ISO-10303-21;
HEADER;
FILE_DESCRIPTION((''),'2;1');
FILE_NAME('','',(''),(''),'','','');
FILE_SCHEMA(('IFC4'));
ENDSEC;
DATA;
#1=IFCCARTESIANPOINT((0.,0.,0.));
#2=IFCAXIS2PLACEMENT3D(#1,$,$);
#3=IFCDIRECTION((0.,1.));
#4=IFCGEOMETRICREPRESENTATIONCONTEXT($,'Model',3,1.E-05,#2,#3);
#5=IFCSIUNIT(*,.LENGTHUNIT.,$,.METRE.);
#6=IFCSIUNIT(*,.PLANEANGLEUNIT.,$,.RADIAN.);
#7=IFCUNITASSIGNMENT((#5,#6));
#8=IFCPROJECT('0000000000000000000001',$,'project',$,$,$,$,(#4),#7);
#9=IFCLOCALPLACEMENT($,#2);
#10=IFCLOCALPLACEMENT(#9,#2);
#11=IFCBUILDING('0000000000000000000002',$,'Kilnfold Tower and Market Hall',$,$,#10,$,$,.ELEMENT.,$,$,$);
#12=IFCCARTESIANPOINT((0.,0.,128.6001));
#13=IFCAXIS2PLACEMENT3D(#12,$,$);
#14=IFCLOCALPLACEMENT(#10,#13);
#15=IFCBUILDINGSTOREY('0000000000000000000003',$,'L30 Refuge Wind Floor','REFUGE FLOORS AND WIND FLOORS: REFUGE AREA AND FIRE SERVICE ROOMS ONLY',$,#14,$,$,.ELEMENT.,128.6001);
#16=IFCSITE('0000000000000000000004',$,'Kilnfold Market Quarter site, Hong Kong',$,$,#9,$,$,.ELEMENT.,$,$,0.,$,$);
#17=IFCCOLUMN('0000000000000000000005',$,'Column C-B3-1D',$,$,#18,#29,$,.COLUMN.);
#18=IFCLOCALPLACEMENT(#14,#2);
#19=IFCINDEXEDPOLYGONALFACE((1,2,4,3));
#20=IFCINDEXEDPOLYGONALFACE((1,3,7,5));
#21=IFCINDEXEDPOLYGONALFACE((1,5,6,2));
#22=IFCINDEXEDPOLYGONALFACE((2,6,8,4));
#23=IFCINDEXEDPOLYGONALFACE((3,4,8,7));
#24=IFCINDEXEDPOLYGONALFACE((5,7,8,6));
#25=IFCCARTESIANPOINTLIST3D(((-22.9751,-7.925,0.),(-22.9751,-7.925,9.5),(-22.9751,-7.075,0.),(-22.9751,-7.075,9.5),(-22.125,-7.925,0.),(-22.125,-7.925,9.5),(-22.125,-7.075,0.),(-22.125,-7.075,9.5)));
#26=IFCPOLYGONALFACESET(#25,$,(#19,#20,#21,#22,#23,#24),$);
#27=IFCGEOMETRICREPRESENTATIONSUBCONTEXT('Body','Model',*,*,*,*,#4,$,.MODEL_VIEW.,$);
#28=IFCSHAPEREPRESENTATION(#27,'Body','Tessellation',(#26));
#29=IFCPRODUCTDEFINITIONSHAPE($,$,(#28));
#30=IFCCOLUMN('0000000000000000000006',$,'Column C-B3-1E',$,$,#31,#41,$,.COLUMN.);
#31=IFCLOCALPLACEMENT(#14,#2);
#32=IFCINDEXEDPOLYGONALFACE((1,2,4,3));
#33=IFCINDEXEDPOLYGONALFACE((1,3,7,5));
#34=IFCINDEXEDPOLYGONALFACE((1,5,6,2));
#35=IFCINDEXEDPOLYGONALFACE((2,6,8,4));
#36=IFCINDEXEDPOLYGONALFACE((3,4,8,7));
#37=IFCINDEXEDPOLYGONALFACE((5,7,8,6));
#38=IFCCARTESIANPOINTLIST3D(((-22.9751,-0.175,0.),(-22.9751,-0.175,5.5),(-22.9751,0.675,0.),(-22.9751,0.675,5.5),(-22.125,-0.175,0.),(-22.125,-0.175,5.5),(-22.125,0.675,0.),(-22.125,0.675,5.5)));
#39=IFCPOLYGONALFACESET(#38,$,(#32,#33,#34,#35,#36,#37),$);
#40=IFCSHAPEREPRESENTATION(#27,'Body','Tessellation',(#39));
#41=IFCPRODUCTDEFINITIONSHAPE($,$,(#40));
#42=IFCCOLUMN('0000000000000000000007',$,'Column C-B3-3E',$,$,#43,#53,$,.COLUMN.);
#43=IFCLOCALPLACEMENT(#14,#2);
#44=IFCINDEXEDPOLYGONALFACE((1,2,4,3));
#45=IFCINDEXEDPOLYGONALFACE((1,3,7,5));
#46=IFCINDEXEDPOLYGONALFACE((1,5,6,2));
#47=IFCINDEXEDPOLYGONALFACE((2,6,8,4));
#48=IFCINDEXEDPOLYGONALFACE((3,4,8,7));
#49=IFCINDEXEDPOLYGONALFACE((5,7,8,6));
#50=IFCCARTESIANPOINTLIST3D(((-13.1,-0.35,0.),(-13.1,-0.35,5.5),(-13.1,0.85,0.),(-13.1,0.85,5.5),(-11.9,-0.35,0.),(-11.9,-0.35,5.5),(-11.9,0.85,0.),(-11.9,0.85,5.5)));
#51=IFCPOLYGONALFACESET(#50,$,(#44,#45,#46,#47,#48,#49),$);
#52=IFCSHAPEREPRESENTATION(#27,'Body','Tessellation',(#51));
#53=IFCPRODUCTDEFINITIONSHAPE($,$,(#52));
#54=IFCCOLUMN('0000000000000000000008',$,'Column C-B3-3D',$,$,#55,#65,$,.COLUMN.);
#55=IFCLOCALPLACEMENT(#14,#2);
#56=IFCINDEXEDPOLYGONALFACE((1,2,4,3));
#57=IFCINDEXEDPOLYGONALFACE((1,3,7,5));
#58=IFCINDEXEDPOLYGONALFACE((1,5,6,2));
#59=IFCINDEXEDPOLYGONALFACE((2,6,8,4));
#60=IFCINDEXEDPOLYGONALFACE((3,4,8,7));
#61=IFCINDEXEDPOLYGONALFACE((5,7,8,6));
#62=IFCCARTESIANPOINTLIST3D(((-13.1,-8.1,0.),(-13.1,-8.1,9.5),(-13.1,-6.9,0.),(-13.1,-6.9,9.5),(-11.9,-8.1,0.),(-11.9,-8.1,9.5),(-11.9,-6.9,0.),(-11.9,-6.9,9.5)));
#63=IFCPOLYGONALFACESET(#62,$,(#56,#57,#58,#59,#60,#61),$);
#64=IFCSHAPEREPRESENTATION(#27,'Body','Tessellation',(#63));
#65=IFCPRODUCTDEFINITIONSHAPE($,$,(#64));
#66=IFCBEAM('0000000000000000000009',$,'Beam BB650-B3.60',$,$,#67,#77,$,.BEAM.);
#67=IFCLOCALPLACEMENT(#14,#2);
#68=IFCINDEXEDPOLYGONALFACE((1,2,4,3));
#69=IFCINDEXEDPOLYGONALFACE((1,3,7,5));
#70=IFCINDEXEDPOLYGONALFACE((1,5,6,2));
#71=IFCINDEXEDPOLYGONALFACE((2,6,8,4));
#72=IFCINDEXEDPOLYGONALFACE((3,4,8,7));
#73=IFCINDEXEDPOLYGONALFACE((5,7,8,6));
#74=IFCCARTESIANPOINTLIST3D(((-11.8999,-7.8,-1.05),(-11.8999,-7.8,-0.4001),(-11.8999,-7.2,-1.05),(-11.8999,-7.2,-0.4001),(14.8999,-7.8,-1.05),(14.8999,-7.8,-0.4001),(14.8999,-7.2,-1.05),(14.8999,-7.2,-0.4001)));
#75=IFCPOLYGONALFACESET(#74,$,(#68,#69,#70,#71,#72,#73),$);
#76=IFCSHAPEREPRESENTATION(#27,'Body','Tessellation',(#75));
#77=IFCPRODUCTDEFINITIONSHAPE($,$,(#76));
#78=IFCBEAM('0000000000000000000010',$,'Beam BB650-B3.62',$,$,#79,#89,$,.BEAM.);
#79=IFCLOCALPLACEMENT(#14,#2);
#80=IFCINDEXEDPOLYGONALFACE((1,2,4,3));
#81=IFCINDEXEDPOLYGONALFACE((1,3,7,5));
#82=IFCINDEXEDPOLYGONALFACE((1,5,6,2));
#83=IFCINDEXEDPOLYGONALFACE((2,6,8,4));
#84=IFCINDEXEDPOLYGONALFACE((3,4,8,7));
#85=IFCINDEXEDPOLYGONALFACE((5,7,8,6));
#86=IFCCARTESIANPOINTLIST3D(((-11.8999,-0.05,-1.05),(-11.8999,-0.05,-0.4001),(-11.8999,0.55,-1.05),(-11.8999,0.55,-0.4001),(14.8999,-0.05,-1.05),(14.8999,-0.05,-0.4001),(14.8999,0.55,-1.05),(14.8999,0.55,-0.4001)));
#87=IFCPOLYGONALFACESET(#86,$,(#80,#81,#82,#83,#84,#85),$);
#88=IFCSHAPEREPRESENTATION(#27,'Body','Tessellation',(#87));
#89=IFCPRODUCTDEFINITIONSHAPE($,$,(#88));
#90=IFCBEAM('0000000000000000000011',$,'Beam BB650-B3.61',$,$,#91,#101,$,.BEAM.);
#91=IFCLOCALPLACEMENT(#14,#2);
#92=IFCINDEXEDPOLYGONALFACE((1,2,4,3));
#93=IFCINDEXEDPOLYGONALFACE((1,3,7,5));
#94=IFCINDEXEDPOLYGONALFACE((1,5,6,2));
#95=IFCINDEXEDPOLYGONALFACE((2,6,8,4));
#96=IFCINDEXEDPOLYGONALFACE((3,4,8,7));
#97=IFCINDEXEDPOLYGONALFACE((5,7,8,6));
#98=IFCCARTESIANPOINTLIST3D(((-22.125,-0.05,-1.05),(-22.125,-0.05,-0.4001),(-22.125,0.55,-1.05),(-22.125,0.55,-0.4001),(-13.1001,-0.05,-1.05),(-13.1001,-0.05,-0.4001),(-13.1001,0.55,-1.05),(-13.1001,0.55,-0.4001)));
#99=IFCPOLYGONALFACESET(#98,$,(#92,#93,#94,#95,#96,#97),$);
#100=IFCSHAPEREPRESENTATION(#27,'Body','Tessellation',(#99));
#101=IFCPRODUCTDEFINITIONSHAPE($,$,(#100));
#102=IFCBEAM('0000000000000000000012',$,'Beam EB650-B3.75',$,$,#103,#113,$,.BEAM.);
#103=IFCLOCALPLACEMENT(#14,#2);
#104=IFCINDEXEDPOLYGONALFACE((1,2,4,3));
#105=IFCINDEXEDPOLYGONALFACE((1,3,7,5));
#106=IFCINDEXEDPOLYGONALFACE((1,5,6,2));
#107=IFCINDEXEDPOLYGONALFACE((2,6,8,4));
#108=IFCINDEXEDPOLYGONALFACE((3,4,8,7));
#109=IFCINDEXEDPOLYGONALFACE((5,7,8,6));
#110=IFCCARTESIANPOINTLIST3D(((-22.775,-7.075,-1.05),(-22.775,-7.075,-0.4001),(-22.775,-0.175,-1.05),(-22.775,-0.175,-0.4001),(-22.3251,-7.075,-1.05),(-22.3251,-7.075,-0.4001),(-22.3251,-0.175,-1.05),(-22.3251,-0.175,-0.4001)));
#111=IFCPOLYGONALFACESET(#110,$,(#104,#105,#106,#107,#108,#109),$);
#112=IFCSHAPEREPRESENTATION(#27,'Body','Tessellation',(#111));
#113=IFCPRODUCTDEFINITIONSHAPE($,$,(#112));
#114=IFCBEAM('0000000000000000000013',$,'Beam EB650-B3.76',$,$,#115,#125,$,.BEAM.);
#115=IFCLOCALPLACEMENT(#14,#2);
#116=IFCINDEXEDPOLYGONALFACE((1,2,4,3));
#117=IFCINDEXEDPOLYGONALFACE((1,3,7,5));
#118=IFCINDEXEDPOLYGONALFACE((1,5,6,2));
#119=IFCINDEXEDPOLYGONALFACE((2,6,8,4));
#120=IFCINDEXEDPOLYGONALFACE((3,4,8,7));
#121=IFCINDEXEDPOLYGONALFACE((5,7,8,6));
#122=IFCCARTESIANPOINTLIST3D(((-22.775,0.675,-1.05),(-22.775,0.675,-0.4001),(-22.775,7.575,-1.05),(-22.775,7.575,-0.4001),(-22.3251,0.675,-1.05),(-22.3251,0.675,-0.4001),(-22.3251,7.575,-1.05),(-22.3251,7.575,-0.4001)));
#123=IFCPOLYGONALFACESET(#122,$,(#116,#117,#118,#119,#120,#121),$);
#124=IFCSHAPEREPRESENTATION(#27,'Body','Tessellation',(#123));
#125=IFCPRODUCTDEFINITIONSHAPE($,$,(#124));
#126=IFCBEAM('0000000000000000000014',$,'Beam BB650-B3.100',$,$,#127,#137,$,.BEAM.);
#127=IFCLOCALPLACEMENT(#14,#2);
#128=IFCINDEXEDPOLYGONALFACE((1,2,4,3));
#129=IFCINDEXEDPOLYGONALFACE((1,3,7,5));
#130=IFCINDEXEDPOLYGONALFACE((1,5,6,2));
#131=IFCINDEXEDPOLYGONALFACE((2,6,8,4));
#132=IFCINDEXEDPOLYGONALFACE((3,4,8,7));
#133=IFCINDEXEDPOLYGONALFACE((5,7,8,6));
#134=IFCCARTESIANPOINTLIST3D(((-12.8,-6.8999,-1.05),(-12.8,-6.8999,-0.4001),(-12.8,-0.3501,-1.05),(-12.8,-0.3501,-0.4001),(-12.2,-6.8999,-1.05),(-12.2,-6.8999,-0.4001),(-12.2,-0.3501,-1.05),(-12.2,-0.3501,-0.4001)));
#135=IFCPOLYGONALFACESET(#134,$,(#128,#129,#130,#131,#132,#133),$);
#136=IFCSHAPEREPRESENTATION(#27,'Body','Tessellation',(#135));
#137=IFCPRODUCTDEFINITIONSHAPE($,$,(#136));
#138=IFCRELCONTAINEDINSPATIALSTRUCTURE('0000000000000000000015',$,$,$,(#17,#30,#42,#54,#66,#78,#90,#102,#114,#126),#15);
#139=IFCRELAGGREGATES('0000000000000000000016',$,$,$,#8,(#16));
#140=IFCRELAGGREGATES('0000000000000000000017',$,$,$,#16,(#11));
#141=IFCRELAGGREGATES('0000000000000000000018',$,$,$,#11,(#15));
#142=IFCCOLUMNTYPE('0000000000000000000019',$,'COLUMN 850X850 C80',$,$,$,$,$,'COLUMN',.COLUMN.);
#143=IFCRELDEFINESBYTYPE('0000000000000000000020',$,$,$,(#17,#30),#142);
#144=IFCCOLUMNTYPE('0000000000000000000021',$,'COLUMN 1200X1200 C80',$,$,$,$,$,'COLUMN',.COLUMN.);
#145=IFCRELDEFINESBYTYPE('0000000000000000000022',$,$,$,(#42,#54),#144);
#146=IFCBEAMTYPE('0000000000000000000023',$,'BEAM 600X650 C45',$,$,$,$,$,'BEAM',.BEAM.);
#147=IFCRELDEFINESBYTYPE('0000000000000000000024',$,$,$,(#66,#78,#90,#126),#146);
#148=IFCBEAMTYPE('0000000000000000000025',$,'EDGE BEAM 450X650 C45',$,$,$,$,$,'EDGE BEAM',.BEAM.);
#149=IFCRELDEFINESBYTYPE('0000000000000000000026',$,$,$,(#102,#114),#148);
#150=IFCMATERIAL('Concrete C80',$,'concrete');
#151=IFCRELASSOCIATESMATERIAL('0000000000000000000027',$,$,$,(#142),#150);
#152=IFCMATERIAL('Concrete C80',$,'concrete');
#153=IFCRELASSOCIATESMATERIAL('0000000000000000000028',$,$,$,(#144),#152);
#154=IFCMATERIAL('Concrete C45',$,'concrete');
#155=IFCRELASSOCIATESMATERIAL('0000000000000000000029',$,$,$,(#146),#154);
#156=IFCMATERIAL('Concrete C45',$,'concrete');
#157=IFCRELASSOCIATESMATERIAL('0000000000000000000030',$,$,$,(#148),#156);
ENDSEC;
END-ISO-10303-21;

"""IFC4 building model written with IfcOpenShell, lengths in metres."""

from ifc_helpers import new_model, si_unit, direction, frame, origin, origin_2d, place, context, subcontext, project, spatial, rectangle, extrude, source, transform, mapped, material, material_profile, profile_set, type_object, element, save


model = new_model("IFC4")

# Units and contexts
model_context = context("Model", 3, precision=1e-05, world=origin(), true_north=direction((0.0, 1.0)))
body_context = subcontext(model_context, "Body", "Model", "MODEL_VIEW")
ifc_project = project(units=[si_unit("LENGTHUNIT", "METRE"), si_unit("PLANEANGLEUNIT", "RADIAN")], contexts=[model_context])

# Site, building, storey
site_placement = place(None, origin())
site = spatial("IfcSite", under=ifc_project, at=site_placement, Name="Kilnfold Market Quarter site, Hong Kong", CompositionType="ELEMENT", RefElevation=0.0)
building_placement = place(site_placement, origin())
building = spatial("IfcBuilding", under=site, at=building_placement, Name="Kilnfold Tower and Market Hall", CompositionType="ELEMENT")
storey_placement = place(building_placement, frame((0.0, 0.0, 128.6001)))
storey = spatial("IfcBuildingStorey", under=building, at=storey_placement, Name="L30 Refuge Wind Floor", Description="REFUGE FLOORS AND WIND FLOORS: REFUGE AREA AND FIRE SERVICE ROOMS ONLY", CompositionType="ELEMENT", Elevation=128.6001)

# Columns
ifc_material_1 = material(Name="Concrete C80", Category="concrete")
ifc_material_profile_1 = material_profile(ifc_material_1, rectangle(XDim=0.8501, YDim=0.8501, at=origin_2d()), Name="RC 850x850")
ifc_profile_set_1 = profile_set([ifc_material_profile_1], Name="Concrete C80")
column_type_1 = type_object("IfcColumnType", Name="COLUMN 850X850 C80", ElementType="COLUMN", PredefinedType="COLUMN", material=ifc_profile_set_1)
shared_shape_1 = source(origin(), body_context, "Body", "SweptSolid", [
    extrude(rectangle(XDim=0.8501, YDim=0.8501, at=origin_2d()), origin(), (0.0, 0.0, 1.0), 9.5),
])
column_1_placement = place(storey_placement, frame((-22.55, -7.5, 0.0), z_axis=(0.0, 0.0, 1.0), x_axis=(1.0, 0.0, 0.0)))
element("IfcColumn", 1, at=column_1_placement, inside=storey, type_object=column_type_1, Name="Column C-B3-1D", PredefinedType="COLUMN", context=body_context, shape_type="MappedRepresentation", body=[
    mapped(shared_shape_1, transform((0.0, 0.0, 0.0))),
])
shared_shape_2 = source(origin(), body_context, "Body", "SweptSolid", [
    extrude(rectangle(XDim=0.8501, YDim=0.8501, at=origin_2d()), origin(), (0.0, 0.0, 1.0), 5.5),
])
column_2_placement = place(storey_placement, frame((-22.55, 0.25, 0.0), z_axis=(0.0, 0.0, 1.0), x_axis=(1.0, 0.0, 0.0)))
element("IfcColumn", 2, at=column_2_placement, inside=storey, type_object=column_type_1, Name="Column C-B3-1E", PredefinedType="COLUMN", context=body_context, shape_type="MappedRepresentation", body=[
    mapped(shared_shape_2, transform((0.0, 0.0, 0.0))),
])
ifc_material_2 = material(Name="Concrete C80", Category="concrete")
ifc_material_profile_2 = material_profile(ifc_material_2, rectangle(XDim=1.2, YDim=1.2, at=origin_2d()), Name="RC 1200x1200")
ifc_profile_set_2 = profile_set([ifc_material_profile_2], Name="Concrete C80")
column_type_2 = type_object("IfcColumnType", Name="COLUMN 1200X1200 C80", ElementType="COLUMN", PredefinedType="COLUMN", material=ifc_profile_set_2)
shared_shape_3 = source(origin(), body_context, "Body", "SweptSolid", [
    extrude(rectangle(XDim=1.2, YDim=1.2, at=origin_2d()), origin(), (0.0, 0.0, 1.0), 5.5),
])
column_3_placement = place(storey_placement, frame((-12.5, 0.25, 0.0), z_axis=(0.0, 0.0, 1.0), x_axis=(1.0, 0.0, 0.0)))
element("IfcColumn", 3, at=column_3_placement, inside=storey, type_object=column_type_2, Name="Column C-B3-3E", PredefinedType="COLUMN", context=body_context, shape_type="MappedRepresentation", body=[
    mapped(shared_shape_3, transform((0.0, 0.0, 0.0))),
])
shared_shape_4 = source(origin(), body_context, "Body", "SweptSolid", [
    extrude(rectangle(XDim=1.2, YDim=1.2, at=origin_2d()), origin(), (0.0, 0.0, 1.0), 9.5),
])
column_4_placement = place(storey_placement, frame((-12.5, -7.5, 0.0), z_axis=(0.0, 0.0, 1.0), x_axis=(1.0, 0.0, 0.0)))
element("IfcColumn", 4, at=column_4_placement, inside=storey, type_object=column_type_2, Name="Column C-B3-3D", PredefinedType="COLUMN", context=body_context, shape_type="MappedRepresentation", body=[
    mapped(shared_shape_4, transform((0.0, 0.0, 0.0))),
])

# Beams
ifc_material_3 = material(Name="Concrete C45", Category="concrete")
ifc_material_profile_3 = material_profile(ifc_material_3, rectangle(XDim=0.6001, YDim=0.6499, at=origin_2d()), Name="RC 600x650")
ifc_profile_set_3 = profile_set([ifc_material_profile_3], Name="Concrete C45")
beam_type_1 = type_object("IfcBeamType", Name="BEAM 600X650 C45", ElementType="BEAM", PredefinedType="BEAM", material=ifc_profile_set_3)
shared_shape_5 = source(origin(), body_context, "Body", "SweptSolid", [
    extrude(rectangle(XDim=0.6001, YDim=0.6499, at=origin_2d()), origin(), (0.0, 0.0, 1.0), 26.7998),
])
for number, where, z_axis, x_axis, name in (
    (5, (-11.8999, -7.5, -0.7251), (1.0, 0.0, 0.0), (0.0, 1.0, 0.0), "Beam BB650-B3.60"),
    (6, (-11.8999, 0.25, -0.7251), (1.0, 0.0, 0.0), (0.0, 1.0, 0.0), "Beam BB650-B3.62"),
):
    element("IfcBeam", number, at=place(storey_placement, frame(where, z_axis=z_axis, x_axis=x_axis)), inside=storey, type_object=beam_type_1, Name=name, PredefinedType="BEAM", context=body_context, shape_type="MappedRepresentation", body=[
        mapped(shared_shape_5, transform((0.0, 0.0, 0.0))),
    ])
shared_shape_6 = source(origin(), body_context, "Body", "SweptSolid", [
    extrude(rectangle(XDim=0.6001, YDim=0.6499, at=origin_2d()), origin(), (0.0, 0.0, 1.0), 9.0249),
])
beam_1_placement = place(storey_placement, frame((-22.125, 0.25, -0.7251), z_axis=(1.0, 0.0, 0.0), x_axis=(0.0, 1.0, 0.0)))
element("IfcBeam", 7, at=beam_1_placement, inside=storey, type_object=beam_type_1, Name="Beam BB650-B3.61", PredefinedType="BEAM", context=body_context, shape_type="MappedRepresentation", body=[
    mapped(shared_shape_6, transform((0.0, 0.0, 0.0))),
])
ifc_material_4 = material(Name="Concrete C45", Category="concrete")
ifc_material_profile_4 = material_profile(ifc_material_4, rectangle(XDim=0.45, YDim=0.6499, at=origin_2d()), Name="RC 450x650")
ifc_profile_set_4 = profile_set([ifc_material_profile_4], Name="Concrete C45")
beam_type_2 = type_object("IfcBeamType", Name="EDGE BEAM 450X650 C45", ElementType="EDGE BEAM", PredefinedType="BEAM", material=ifc_profile_set_4)
shared_shape_7 = source(origin(), body_context, "Body", "SweptSolid", [
    extrude(rectangle(XDim=0.45, YDim=0.6499, at=origin_2d()), origin(), (0.0, 0.0, 1.0), 6.8999),
])
for number, where, z_axis, x_axis, name in (
    (8, (-22.55, -7.075, -0.7251), (0.0, 1.0, 0.0), (-1.0, 0.0, 0.0), "Beam EB650-B3.75"),
    (9, (-22.55, 0.675, -0.7251), (0.0, 1.0, 0.0), (-1.0, 0.0, 0.0), "Beam EB650-B3.76"),
):
    element("IfcBeam", number, at=place(storey_placement, frame(where, z_axis=z_axis, x_axis=x_axis)), inside=storey, type_object=beam_type_2, Name=name, PredefinedType="BEAM", context=body_context, shape_type="MappedRepresentation", body=[
        mapped(shared_shape_7, transform((0.0, 0.0, 0.0))),
    ])
shared_shape_8 = source(origin(), body_context, "Body", "SweptSolid", [
    extrude(rectangle(XDim=0.6001, YDim=0.6499, at=origin_2d()), origin(), (0.0, 0.0, 1.0), 6.5498),
])
beam_2_placement = place(storey_placement, frame((-12.5, -6.8999, -0.7251), z_axis=(0.0, 1.0, 0.0), x_axis=(-1.0, 0.0, 0.0)))
element("IfcBeam", 10, at=beam_2_placement, inside=storey, type_object=beam_type_1, Name="Beam BB650-B3.100", PredefinedType="BEAM", context=body_context, shape_type="MappedRepresentation", body=[
    mapped(shared_shape_8, transform((0.0, 0.0, 0.0))),
])

save(model, "model.ifc")
